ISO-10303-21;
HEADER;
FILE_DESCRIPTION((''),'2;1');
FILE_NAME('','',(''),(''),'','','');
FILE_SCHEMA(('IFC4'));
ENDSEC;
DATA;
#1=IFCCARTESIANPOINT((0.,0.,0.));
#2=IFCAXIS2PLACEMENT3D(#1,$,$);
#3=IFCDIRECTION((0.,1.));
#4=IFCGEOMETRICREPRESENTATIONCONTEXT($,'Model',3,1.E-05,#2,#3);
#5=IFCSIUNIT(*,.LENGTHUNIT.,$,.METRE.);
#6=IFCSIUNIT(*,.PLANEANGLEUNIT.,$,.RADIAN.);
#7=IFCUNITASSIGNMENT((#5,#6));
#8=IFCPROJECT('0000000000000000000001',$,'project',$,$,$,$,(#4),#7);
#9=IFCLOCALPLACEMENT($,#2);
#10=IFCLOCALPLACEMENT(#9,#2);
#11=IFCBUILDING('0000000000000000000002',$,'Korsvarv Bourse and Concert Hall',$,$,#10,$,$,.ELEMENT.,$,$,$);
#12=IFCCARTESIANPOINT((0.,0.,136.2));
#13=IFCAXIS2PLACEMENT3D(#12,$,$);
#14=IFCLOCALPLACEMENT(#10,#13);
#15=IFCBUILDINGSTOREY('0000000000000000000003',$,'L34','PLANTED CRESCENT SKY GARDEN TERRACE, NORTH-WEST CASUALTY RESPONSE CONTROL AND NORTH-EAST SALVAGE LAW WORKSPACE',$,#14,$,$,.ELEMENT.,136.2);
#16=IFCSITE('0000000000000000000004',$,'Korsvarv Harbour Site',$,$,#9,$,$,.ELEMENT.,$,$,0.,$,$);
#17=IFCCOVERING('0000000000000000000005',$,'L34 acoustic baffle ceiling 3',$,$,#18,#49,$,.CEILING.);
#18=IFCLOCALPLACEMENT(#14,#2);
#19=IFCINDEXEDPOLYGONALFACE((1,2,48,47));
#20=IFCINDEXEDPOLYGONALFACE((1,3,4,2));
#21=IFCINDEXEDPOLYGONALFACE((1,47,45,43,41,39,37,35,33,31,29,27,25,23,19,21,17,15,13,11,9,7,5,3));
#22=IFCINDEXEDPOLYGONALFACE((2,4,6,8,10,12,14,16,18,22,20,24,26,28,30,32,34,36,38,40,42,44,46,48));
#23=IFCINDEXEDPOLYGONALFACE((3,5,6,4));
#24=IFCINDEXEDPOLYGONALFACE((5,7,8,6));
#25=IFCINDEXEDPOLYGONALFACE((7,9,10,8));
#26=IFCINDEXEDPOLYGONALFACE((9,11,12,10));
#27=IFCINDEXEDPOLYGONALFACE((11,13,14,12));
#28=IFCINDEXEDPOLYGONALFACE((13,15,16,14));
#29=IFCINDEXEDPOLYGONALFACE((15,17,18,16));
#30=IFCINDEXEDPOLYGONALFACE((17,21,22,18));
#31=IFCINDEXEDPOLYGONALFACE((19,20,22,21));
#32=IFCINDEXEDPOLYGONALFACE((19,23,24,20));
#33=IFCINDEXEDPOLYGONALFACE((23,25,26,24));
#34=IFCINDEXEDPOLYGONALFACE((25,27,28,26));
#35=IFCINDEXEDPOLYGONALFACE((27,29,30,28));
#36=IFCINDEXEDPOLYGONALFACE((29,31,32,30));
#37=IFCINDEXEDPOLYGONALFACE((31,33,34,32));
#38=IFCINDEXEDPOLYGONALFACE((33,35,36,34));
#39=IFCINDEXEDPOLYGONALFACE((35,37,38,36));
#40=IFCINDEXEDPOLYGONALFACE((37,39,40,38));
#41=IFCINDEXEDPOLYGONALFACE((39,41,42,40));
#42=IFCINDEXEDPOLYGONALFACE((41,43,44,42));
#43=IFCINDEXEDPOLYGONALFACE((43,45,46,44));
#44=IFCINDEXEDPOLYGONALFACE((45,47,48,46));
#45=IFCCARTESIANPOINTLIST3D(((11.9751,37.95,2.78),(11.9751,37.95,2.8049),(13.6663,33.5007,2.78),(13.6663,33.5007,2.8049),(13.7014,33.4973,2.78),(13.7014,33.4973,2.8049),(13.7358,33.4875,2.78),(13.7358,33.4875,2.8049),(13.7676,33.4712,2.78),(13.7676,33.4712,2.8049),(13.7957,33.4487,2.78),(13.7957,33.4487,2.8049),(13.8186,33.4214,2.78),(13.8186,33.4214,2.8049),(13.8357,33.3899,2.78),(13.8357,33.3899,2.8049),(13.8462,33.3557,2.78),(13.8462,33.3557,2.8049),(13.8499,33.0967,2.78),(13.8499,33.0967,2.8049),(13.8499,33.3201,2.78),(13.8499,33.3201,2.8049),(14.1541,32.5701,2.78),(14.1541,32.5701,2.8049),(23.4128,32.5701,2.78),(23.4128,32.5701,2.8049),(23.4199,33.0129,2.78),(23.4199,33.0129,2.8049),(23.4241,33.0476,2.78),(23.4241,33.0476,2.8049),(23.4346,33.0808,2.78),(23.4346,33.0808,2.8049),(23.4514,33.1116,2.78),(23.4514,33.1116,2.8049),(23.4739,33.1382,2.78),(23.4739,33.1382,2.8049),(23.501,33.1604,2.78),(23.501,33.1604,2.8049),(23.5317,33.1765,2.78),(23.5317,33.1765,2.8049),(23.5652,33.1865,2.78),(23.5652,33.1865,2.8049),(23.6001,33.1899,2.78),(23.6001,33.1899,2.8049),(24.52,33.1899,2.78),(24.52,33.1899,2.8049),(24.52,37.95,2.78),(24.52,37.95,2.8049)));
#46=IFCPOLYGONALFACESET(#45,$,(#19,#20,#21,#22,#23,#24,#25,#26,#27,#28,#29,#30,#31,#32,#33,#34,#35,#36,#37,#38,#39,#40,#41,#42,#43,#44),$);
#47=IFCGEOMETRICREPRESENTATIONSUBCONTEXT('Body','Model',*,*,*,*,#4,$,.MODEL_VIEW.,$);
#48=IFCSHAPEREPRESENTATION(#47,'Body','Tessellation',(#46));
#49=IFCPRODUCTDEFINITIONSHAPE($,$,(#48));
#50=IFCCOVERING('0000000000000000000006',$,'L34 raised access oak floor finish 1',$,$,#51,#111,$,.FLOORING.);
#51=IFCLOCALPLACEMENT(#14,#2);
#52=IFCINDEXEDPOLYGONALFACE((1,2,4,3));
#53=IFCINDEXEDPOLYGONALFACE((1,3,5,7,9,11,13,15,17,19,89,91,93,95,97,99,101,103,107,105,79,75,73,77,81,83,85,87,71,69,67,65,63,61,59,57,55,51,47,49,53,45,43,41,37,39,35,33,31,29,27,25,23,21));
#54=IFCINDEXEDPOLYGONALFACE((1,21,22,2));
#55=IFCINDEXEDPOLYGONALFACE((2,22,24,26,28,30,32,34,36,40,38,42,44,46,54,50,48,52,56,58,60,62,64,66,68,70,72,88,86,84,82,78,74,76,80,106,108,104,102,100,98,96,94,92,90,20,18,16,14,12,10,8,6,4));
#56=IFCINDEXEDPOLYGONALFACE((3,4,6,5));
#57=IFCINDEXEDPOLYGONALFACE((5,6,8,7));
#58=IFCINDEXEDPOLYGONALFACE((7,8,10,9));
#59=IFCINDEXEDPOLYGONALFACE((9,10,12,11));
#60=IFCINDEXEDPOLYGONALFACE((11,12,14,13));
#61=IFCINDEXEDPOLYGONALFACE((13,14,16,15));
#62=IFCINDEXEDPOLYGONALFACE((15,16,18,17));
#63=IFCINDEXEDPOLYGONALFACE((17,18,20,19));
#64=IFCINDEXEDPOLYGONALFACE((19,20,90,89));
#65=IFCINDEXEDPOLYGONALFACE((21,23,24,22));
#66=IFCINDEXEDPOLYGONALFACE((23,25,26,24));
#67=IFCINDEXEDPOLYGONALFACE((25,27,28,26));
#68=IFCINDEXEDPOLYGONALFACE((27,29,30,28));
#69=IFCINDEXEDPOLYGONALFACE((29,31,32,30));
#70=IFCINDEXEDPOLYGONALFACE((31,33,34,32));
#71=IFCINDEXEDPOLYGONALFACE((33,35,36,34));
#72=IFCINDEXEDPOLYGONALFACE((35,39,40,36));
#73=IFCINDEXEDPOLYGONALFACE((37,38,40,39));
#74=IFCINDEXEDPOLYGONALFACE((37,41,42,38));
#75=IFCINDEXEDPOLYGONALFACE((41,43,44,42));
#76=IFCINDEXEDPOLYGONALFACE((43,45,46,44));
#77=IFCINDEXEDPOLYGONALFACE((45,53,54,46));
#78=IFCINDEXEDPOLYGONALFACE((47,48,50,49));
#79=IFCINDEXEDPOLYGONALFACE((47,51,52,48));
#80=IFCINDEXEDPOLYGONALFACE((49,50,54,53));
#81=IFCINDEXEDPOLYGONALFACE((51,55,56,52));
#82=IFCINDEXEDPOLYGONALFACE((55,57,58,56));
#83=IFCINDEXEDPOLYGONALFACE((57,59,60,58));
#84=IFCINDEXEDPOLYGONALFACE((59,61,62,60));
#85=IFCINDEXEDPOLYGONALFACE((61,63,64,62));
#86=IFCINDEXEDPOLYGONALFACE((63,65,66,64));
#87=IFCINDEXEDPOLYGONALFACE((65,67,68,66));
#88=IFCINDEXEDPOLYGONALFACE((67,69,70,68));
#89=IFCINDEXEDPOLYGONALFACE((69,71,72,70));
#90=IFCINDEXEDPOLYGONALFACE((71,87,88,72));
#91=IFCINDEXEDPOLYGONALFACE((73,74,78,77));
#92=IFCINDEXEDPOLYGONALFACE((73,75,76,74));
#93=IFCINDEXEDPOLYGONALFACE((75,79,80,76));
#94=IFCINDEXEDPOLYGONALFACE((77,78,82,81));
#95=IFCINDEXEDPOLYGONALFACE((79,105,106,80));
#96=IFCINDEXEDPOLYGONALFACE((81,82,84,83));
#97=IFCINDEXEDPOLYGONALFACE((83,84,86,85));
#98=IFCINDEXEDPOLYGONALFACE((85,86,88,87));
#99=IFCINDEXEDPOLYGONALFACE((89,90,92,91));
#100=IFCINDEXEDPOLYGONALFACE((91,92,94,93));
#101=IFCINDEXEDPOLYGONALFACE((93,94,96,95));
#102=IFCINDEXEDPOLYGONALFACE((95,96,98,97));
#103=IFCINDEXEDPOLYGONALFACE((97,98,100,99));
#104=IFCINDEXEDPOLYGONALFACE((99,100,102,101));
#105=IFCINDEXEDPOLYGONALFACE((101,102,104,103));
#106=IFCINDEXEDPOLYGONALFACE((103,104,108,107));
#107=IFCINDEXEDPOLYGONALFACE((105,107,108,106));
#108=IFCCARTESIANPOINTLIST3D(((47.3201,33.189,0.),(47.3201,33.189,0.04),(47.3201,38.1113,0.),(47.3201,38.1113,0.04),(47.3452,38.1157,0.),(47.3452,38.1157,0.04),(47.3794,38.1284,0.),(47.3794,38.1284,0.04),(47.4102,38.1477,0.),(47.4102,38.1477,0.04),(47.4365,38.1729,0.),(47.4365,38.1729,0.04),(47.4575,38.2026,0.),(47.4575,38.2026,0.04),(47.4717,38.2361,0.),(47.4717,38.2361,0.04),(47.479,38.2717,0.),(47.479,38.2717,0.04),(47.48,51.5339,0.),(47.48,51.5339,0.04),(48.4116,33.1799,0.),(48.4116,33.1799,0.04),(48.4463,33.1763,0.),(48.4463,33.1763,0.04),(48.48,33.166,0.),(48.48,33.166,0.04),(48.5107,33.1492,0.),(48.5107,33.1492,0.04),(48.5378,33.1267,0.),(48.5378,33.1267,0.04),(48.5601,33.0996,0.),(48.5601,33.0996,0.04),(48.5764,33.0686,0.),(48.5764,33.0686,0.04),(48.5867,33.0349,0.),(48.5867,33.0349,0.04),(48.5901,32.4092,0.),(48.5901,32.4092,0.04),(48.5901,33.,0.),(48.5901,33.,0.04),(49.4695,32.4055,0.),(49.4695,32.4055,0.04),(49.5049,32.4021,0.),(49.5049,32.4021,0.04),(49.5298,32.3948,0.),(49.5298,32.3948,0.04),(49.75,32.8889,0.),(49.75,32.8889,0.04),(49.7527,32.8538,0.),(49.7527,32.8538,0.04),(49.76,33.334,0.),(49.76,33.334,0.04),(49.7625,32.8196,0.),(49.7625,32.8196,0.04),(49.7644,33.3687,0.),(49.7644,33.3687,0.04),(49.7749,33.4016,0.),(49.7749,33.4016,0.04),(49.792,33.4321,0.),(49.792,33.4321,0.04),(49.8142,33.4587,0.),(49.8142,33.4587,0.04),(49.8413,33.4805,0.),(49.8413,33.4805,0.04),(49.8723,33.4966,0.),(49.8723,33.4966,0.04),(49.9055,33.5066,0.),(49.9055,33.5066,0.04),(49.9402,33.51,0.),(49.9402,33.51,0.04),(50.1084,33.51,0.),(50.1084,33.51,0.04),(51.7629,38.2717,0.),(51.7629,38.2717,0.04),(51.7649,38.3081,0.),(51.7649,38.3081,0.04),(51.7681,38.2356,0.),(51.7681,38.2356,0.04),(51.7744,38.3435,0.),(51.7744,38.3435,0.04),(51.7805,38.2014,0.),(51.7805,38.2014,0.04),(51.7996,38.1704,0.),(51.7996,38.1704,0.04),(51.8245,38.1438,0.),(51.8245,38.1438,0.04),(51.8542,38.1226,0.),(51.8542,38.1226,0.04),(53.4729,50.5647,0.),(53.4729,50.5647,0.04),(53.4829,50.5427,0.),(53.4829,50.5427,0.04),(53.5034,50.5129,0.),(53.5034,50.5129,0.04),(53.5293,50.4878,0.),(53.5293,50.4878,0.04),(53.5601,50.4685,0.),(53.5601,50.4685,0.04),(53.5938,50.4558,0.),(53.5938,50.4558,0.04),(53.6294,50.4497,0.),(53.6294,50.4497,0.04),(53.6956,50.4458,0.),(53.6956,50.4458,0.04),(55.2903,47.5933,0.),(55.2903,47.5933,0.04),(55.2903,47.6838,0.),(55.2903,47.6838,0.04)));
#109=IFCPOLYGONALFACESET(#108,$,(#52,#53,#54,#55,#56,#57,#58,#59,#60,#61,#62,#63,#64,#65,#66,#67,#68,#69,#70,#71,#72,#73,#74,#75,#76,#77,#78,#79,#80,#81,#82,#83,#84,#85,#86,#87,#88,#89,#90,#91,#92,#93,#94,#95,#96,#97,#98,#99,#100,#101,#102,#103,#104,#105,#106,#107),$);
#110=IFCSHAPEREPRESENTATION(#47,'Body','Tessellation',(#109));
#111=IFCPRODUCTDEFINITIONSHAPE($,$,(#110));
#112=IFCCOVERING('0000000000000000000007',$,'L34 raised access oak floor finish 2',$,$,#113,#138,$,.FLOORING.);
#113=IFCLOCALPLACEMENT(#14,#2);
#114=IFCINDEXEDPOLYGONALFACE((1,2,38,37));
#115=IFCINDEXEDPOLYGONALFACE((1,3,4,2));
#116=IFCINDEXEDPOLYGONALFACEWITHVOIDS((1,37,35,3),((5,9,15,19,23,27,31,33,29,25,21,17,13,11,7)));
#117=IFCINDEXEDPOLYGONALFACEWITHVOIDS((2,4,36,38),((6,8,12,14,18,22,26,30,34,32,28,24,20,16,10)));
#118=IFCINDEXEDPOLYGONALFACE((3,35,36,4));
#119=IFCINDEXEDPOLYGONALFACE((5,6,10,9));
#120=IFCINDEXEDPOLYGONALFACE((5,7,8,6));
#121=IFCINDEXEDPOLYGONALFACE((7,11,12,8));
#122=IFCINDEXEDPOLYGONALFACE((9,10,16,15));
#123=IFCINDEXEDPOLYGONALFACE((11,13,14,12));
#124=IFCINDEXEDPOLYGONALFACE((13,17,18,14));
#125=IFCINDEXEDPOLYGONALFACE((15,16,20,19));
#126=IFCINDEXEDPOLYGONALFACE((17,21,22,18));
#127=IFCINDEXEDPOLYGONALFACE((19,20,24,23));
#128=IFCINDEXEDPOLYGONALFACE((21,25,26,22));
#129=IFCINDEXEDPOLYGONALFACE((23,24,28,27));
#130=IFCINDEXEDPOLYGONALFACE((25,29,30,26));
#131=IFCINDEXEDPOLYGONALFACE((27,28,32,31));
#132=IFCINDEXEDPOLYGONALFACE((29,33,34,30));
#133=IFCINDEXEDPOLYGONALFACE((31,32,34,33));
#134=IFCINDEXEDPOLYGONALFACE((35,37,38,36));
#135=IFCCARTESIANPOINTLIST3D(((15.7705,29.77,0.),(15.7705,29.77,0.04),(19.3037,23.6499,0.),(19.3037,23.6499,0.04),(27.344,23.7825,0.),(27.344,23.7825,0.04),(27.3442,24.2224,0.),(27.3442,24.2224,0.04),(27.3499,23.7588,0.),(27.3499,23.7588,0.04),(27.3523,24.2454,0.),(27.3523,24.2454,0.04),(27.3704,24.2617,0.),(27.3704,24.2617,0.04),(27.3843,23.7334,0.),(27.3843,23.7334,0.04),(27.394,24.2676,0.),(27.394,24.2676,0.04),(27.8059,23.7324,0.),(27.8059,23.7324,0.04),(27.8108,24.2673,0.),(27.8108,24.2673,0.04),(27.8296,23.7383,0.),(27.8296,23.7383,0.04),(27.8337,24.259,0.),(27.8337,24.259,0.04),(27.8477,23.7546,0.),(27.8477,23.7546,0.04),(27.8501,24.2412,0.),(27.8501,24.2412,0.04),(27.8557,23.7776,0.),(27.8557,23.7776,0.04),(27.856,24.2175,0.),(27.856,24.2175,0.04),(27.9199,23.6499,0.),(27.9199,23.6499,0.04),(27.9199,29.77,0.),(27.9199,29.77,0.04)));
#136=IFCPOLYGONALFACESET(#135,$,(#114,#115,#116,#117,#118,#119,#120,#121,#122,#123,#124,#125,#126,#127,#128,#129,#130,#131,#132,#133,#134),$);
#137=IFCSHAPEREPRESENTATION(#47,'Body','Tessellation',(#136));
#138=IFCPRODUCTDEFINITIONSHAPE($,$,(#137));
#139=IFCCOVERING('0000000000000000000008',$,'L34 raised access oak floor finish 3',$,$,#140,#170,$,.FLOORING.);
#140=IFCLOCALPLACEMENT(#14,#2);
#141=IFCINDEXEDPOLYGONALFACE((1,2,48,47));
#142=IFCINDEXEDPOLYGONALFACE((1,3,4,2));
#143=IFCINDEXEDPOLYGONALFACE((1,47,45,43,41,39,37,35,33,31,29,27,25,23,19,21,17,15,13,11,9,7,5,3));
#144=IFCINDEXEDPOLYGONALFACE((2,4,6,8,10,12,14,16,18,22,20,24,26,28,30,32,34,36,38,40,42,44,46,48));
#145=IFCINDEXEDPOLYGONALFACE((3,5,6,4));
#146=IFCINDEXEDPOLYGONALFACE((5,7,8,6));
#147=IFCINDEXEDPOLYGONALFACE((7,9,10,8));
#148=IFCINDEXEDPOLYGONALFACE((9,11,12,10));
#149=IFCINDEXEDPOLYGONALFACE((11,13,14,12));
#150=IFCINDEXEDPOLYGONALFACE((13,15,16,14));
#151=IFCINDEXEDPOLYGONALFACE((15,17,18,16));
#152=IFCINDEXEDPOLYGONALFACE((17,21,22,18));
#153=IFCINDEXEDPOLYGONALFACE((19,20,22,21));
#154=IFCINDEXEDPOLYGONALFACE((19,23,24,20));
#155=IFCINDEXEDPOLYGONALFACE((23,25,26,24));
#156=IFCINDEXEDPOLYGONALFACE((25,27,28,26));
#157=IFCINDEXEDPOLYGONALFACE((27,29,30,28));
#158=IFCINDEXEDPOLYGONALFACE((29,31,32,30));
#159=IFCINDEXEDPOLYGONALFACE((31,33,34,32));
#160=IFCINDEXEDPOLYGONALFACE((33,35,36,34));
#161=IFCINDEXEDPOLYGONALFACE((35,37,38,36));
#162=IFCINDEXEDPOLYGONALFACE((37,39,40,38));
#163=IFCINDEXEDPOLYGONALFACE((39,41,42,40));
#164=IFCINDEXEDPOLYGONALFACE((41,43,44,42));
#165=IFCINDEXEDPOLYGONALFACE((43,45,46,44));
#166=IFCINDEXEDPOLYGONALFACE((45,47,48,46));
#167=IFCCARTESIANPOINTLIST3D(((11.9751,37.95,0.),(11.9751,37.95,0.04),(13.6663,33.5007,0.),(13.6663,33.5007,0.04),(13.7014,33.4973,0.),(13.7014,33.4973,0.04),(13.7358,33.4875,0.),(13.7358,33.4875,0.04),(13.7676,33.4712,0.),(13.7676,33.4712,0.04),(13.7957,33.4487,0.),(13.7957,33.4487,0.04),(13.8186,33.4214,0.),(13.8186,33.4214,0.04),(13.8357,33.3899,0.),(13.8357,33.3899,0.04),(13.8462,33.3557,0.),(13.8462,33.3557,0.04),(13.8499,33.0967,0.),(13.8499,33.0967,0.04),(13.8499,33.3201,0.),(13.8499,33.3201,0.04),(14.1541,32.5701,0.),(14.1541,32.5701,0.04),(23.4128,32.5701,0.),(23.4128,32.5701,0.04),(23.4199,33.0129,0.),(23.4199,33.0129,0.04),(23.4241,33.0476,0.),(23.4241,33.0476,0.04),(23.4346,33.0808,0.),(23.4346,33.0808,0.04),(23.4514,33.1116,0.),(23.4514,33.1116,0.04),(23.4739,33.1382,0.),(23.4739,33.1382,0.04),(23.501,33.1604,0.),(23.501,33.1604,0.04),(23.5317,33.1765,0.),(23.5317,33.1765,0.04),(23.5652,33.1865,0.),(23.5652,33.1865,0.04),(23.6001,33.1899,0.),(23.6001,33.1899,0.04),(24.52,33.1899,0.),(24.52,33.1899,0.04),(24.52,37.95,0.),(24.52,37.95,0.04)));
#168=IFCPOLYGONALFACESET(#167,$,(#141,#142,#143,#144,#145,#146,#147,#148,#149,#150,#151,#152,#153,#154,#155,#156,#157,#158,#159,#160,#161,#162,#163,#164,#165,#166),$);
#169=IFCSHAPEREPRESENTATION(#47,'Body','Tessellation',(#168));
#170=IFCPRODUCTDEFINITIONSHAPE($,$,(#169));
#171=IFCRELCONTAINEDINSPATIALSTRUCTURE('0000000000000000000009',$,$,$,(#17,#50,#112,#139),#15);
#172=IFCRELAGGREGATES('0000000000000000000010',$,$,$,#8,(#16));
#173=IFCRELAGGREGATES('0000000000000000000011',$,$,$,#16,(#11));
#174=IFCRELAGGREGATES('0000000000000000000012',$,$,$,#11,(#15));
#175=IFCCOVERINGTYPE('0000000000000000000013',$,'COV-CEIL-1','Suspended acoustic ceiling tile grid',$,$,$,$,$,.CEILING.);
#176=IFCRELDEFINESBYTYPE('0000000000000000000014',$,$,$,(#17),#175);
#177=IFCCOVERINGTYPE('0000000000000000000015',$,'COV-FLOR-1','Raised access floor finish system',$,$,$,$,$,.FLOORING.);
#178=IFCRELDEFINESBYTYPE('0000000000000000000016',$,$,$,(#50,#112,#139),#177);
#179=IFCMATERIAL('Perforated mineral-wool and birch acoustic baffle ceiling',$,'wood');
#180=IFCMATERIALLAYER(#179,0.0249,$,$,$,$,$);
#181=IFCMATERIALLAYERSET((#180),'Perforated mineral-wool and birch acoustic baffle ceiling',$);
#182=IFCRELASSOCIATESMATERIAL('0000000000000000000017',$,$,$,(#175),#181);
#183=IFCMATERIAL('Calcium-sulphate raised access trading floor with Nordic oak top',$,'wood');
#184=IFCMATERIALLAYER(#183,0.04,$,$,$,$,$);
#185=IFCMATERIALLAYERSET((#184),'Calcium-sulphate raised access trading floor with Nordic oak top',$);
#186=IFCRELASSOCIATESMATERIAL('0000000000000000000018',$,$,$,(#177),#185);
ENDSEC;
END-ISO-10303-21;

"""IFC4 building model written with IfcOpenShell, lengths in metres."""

from ifc_helpers import new_model, si_unit, direction, frame, origin, place, context, subcontext, project, spatial, polyline, outline, extrude, material, layer, layer_set, type_object, element, save


model = new_model("IFC4")

# Units and contexts
model_context = context("Model", 3, precision=1e-05, world=origin(), true_north=direction((0.0, 1.0)))
body_context = subcontext(model_context, "Body", "Model", "MODEL_VIEW")
ifc_project = project(units=[si_unit("LENGTHUNIT", "METRE"), si_unit("PLANEANGLEUNIT", "RADIAN")], contexts=[model_context])

# Site, building, storey
site_placement = place(None, origin())
site = spatial("IfcSite", under=ifc_project, at=site_placement, Name="Korsvarv Harbour Site", CompositionType="ELEMENT", RefElevation=0.0)
building_placement = place(site_placement, origin())
building = spatial("IfcBuilding", under=site, at=building_placement, Name="Korsvarv Bourse and Concert Hall", CompositionType="ELEMENT")
storey_placement = place(building_placement, frame((0.0, 0.0, 136.2)))
storey = spatial("IfcBuildingStorey", under=building, at=storey_placement, Name="L34", Description="PLANTED CRESCENT SKY GARDEN TERRACE, NORTH-WEST CASUALTY RESPONSE CONTROL AND NORTH-EAST SALVAGE LAW WORKSPACE", CompositionType="ELEMENT", Elevation=136.2)

# Coverings
ifc_material_1 = material(Name="Perforated mineral-wool and birch acoustic baffle ceiling", Category="wood")
ifc_layer_1 = layer(ifc_material_1, 0.0249)
ifc_layer_set_1 = layer_set([ifc_layer_1], Name="Perforated mineral-wool and birch acoustic baffle ceiling")
covering_type_1 = type_object("IfcCoveringType", Name="COV-CEIL-1", Description="Suspended acoustic ceiling tile grid", PredefinedType="CEILING", material=ifc_layer_set_1)
covering_1_placement = place(storey_placement, frame((0.0, 0.0, 2.78)))
element("IfcCovering", 1, at=covering_1_placement, inside=storey, type_object=covering_type_1, Name="L34 acoustic baffle ceiling 3", PredefinedType="CEILING", context=body_context, shape_type="SweptSolid", body=[
    extrude(outline(polyline([(13.8499, 33.0967), (13.8499, 33.3201), (13.8462, 33.3557), (13.8357, 33.3899), (13.8186, 33.4214), (13.7957, 33.4487), (13.7676, 33.4712), (13.7358, 33.4875), (13.7014, 33.4973), (13.6663, 33.5007), (11.9751, 37.95), (24.52, 37.95), (24.52, 33.1899), (23.6001, 33.1899), (23.5652, 33.1865), (23.5317, 33.1765), (23.501, 33.1604), (23.4739, 33.1382), (23.4514, 33.1116), (23.4346, 33.0808), (23.4241, 33.0476), (23.4199, 33.0129), (23.4128, 32.5701), (14.1541, 32.5701), (13.8499, 33.0967)])), origin(), (0.0, 0.0, 1.0), 0.0249),
])
ifc_material_2 = material(Name="Calcium-sulphate raised access trading floor with Nordic oak top", Category="wood")
ifc_layer_2 = layer(ifc_material_2, 0.04)
ifc_layer_set_2 = layer_set([ifc_layer_2], Name="Calcium-sulphate raised access trading floor with Nordic oak top")
covering_type_2 = type_object("IfcCoveringType", Name="COV-FLOR-1", Description="Raised access floor finish system", PredefinedType="FLOORING", material=ifc_layer_set_2)
covering_2_placement = place(storey_placement, origin())
element("IfcCovering", 2, at=covering_2_placement, inside=storey, type_object=covering_type_2, Name="L34 raised access oak floor finish 1", PredefinedType="FLOORING", context=body_context, shape_type="SweptSolid", body=[
    extrude(outline(polyline([(47.3201, 38.1113), (47.3452, 38.1157), (47.3794, 38.1284), (47.4102, 38.1477), (47.4365, 38.1729), (47.4575, 38.2026), (47.4717, 38.2361), (47.479, 38.2717), (47.48, 51.5339), (53.4729, 50.5647), (53.4829, 50.5427), (53.5034, 50.5129), (53.5293, 50.4878), (53.5601, 50.4685), (53.5938, 50.4558), (53.6294, 50.4497), (53.6956, 50.4458), (55.2903, 47.6838), (55.2903, 47.5933), (51.7744, 38.3435), (51.7649, 38.3081), (51.7629, 38.2717), (51.7681, 38.2356), (51.7805, 38.2014), (51.7996, 38.1704), (51.8245, 38.1438), (51.8542, 38.1226), (50.1084, 33.51), (49.9402, 33.51), (49.9055, 33.5066), (49.8723, 33.4966), (49.8413, 33.4805), (49.8142, 33.4587), (49.792, 33.4321), (49.7749, 33.4016), (49.7644, 33.3687), (49.76, 33.334), (49.75, 32.8889), (49.7527, 32.8538), (49.7625, 32.8196), (49.5298, 32.3948), (49.5049, 32.4021), (49.4695, 32.4055), (48.5901, 32.4092), (48.5901, 33.0), (48.5867, 33.0349), (48.5764, 33.0686), (48.5601, 33.0996), (48.5378, 33.1267), (48.5107, 33.1492), (48.48, 33.166), (48.4463, 33.1763), (48.4116, 33.1799), (47.3201, 33.189), (47.3201, 38.1113)])), origin(), (0.0, 0.0, 1.0), 0.04),
])
covering_3_placement = place(storey_placement, origin())
element("IfcCovering", 3, at=covering_3_placement, inside=storey, type_object=covering_type_2, Name="L34 raised access oak floor finish 2", PredefinedType="FLOORING", context=body_context, shape_type="SweptSolid", body=[
    extrude(outline(polyline([(19.3037, 23.6499), (15.7705, 29.77), (27.9199, 29.77), (27.9199, 23.6499), (19.3037, 23.6499)]), holes=[polyline([(27.3843, 23.7334), (27.8059, 23.7324), (27.8296, 23.7383), (27.8477, 23.7546), (27.8557, 23.7776), (27.856, 24.2175), (27.8501, 24.2412), (27.8337, 24.259), (27.8108, 24.2673), (27.394, 24.2676), (27.3704, 24.2617), (27.3523, 24.2454), (27.3442, 24.2224), (27.344, 23.7825), (27.3499, 23.7588), (27.3843, 23.7334)])]), origin(), (0.0, 0.0, 1.0), 0.04),
])
covering_4_placement = place(storey_placement, origin())
element("IfcCovering", 4, at=covering_4_placement, inside=storey, type_object=covering_type_2, Name="L34 raised access oak floor finish 3", PredefinedType="FLOORING", context=body_context, shape_type="SweptSolid", body=[
    extrude(outline(polyline([(13.8499, 33.0967), (13.8499, 33.3201), (13.8462, 33.3557), (13.8357, 33.3899), (13.8186, 33.4214), (13.7957, 33.4487), (13.7676, 33.4712), (13.7358, 33.4875), (13.7014, 33.4973), (13.6663, 33.5007), (11.9751, 37.95), (24.52, 37.95), (24.52, 33.1899), (23.6001, 33.1899), (23.5652, 33.1865), (23.5317, 33.1765), (23.501, 33.1604), (23.4739, 33.1382), (23.4514, 33.1116), (23.4346, 33.0808), (23.4241, 33.0476), (23.4199, 33.0129), (23.4128, 32.5701), (14.1541, 32.5701), (13.8499, 33.0967)])), origin(), (0.0, 0.0, 1.0), 0.04),
])

save(model, "model.ifc")
